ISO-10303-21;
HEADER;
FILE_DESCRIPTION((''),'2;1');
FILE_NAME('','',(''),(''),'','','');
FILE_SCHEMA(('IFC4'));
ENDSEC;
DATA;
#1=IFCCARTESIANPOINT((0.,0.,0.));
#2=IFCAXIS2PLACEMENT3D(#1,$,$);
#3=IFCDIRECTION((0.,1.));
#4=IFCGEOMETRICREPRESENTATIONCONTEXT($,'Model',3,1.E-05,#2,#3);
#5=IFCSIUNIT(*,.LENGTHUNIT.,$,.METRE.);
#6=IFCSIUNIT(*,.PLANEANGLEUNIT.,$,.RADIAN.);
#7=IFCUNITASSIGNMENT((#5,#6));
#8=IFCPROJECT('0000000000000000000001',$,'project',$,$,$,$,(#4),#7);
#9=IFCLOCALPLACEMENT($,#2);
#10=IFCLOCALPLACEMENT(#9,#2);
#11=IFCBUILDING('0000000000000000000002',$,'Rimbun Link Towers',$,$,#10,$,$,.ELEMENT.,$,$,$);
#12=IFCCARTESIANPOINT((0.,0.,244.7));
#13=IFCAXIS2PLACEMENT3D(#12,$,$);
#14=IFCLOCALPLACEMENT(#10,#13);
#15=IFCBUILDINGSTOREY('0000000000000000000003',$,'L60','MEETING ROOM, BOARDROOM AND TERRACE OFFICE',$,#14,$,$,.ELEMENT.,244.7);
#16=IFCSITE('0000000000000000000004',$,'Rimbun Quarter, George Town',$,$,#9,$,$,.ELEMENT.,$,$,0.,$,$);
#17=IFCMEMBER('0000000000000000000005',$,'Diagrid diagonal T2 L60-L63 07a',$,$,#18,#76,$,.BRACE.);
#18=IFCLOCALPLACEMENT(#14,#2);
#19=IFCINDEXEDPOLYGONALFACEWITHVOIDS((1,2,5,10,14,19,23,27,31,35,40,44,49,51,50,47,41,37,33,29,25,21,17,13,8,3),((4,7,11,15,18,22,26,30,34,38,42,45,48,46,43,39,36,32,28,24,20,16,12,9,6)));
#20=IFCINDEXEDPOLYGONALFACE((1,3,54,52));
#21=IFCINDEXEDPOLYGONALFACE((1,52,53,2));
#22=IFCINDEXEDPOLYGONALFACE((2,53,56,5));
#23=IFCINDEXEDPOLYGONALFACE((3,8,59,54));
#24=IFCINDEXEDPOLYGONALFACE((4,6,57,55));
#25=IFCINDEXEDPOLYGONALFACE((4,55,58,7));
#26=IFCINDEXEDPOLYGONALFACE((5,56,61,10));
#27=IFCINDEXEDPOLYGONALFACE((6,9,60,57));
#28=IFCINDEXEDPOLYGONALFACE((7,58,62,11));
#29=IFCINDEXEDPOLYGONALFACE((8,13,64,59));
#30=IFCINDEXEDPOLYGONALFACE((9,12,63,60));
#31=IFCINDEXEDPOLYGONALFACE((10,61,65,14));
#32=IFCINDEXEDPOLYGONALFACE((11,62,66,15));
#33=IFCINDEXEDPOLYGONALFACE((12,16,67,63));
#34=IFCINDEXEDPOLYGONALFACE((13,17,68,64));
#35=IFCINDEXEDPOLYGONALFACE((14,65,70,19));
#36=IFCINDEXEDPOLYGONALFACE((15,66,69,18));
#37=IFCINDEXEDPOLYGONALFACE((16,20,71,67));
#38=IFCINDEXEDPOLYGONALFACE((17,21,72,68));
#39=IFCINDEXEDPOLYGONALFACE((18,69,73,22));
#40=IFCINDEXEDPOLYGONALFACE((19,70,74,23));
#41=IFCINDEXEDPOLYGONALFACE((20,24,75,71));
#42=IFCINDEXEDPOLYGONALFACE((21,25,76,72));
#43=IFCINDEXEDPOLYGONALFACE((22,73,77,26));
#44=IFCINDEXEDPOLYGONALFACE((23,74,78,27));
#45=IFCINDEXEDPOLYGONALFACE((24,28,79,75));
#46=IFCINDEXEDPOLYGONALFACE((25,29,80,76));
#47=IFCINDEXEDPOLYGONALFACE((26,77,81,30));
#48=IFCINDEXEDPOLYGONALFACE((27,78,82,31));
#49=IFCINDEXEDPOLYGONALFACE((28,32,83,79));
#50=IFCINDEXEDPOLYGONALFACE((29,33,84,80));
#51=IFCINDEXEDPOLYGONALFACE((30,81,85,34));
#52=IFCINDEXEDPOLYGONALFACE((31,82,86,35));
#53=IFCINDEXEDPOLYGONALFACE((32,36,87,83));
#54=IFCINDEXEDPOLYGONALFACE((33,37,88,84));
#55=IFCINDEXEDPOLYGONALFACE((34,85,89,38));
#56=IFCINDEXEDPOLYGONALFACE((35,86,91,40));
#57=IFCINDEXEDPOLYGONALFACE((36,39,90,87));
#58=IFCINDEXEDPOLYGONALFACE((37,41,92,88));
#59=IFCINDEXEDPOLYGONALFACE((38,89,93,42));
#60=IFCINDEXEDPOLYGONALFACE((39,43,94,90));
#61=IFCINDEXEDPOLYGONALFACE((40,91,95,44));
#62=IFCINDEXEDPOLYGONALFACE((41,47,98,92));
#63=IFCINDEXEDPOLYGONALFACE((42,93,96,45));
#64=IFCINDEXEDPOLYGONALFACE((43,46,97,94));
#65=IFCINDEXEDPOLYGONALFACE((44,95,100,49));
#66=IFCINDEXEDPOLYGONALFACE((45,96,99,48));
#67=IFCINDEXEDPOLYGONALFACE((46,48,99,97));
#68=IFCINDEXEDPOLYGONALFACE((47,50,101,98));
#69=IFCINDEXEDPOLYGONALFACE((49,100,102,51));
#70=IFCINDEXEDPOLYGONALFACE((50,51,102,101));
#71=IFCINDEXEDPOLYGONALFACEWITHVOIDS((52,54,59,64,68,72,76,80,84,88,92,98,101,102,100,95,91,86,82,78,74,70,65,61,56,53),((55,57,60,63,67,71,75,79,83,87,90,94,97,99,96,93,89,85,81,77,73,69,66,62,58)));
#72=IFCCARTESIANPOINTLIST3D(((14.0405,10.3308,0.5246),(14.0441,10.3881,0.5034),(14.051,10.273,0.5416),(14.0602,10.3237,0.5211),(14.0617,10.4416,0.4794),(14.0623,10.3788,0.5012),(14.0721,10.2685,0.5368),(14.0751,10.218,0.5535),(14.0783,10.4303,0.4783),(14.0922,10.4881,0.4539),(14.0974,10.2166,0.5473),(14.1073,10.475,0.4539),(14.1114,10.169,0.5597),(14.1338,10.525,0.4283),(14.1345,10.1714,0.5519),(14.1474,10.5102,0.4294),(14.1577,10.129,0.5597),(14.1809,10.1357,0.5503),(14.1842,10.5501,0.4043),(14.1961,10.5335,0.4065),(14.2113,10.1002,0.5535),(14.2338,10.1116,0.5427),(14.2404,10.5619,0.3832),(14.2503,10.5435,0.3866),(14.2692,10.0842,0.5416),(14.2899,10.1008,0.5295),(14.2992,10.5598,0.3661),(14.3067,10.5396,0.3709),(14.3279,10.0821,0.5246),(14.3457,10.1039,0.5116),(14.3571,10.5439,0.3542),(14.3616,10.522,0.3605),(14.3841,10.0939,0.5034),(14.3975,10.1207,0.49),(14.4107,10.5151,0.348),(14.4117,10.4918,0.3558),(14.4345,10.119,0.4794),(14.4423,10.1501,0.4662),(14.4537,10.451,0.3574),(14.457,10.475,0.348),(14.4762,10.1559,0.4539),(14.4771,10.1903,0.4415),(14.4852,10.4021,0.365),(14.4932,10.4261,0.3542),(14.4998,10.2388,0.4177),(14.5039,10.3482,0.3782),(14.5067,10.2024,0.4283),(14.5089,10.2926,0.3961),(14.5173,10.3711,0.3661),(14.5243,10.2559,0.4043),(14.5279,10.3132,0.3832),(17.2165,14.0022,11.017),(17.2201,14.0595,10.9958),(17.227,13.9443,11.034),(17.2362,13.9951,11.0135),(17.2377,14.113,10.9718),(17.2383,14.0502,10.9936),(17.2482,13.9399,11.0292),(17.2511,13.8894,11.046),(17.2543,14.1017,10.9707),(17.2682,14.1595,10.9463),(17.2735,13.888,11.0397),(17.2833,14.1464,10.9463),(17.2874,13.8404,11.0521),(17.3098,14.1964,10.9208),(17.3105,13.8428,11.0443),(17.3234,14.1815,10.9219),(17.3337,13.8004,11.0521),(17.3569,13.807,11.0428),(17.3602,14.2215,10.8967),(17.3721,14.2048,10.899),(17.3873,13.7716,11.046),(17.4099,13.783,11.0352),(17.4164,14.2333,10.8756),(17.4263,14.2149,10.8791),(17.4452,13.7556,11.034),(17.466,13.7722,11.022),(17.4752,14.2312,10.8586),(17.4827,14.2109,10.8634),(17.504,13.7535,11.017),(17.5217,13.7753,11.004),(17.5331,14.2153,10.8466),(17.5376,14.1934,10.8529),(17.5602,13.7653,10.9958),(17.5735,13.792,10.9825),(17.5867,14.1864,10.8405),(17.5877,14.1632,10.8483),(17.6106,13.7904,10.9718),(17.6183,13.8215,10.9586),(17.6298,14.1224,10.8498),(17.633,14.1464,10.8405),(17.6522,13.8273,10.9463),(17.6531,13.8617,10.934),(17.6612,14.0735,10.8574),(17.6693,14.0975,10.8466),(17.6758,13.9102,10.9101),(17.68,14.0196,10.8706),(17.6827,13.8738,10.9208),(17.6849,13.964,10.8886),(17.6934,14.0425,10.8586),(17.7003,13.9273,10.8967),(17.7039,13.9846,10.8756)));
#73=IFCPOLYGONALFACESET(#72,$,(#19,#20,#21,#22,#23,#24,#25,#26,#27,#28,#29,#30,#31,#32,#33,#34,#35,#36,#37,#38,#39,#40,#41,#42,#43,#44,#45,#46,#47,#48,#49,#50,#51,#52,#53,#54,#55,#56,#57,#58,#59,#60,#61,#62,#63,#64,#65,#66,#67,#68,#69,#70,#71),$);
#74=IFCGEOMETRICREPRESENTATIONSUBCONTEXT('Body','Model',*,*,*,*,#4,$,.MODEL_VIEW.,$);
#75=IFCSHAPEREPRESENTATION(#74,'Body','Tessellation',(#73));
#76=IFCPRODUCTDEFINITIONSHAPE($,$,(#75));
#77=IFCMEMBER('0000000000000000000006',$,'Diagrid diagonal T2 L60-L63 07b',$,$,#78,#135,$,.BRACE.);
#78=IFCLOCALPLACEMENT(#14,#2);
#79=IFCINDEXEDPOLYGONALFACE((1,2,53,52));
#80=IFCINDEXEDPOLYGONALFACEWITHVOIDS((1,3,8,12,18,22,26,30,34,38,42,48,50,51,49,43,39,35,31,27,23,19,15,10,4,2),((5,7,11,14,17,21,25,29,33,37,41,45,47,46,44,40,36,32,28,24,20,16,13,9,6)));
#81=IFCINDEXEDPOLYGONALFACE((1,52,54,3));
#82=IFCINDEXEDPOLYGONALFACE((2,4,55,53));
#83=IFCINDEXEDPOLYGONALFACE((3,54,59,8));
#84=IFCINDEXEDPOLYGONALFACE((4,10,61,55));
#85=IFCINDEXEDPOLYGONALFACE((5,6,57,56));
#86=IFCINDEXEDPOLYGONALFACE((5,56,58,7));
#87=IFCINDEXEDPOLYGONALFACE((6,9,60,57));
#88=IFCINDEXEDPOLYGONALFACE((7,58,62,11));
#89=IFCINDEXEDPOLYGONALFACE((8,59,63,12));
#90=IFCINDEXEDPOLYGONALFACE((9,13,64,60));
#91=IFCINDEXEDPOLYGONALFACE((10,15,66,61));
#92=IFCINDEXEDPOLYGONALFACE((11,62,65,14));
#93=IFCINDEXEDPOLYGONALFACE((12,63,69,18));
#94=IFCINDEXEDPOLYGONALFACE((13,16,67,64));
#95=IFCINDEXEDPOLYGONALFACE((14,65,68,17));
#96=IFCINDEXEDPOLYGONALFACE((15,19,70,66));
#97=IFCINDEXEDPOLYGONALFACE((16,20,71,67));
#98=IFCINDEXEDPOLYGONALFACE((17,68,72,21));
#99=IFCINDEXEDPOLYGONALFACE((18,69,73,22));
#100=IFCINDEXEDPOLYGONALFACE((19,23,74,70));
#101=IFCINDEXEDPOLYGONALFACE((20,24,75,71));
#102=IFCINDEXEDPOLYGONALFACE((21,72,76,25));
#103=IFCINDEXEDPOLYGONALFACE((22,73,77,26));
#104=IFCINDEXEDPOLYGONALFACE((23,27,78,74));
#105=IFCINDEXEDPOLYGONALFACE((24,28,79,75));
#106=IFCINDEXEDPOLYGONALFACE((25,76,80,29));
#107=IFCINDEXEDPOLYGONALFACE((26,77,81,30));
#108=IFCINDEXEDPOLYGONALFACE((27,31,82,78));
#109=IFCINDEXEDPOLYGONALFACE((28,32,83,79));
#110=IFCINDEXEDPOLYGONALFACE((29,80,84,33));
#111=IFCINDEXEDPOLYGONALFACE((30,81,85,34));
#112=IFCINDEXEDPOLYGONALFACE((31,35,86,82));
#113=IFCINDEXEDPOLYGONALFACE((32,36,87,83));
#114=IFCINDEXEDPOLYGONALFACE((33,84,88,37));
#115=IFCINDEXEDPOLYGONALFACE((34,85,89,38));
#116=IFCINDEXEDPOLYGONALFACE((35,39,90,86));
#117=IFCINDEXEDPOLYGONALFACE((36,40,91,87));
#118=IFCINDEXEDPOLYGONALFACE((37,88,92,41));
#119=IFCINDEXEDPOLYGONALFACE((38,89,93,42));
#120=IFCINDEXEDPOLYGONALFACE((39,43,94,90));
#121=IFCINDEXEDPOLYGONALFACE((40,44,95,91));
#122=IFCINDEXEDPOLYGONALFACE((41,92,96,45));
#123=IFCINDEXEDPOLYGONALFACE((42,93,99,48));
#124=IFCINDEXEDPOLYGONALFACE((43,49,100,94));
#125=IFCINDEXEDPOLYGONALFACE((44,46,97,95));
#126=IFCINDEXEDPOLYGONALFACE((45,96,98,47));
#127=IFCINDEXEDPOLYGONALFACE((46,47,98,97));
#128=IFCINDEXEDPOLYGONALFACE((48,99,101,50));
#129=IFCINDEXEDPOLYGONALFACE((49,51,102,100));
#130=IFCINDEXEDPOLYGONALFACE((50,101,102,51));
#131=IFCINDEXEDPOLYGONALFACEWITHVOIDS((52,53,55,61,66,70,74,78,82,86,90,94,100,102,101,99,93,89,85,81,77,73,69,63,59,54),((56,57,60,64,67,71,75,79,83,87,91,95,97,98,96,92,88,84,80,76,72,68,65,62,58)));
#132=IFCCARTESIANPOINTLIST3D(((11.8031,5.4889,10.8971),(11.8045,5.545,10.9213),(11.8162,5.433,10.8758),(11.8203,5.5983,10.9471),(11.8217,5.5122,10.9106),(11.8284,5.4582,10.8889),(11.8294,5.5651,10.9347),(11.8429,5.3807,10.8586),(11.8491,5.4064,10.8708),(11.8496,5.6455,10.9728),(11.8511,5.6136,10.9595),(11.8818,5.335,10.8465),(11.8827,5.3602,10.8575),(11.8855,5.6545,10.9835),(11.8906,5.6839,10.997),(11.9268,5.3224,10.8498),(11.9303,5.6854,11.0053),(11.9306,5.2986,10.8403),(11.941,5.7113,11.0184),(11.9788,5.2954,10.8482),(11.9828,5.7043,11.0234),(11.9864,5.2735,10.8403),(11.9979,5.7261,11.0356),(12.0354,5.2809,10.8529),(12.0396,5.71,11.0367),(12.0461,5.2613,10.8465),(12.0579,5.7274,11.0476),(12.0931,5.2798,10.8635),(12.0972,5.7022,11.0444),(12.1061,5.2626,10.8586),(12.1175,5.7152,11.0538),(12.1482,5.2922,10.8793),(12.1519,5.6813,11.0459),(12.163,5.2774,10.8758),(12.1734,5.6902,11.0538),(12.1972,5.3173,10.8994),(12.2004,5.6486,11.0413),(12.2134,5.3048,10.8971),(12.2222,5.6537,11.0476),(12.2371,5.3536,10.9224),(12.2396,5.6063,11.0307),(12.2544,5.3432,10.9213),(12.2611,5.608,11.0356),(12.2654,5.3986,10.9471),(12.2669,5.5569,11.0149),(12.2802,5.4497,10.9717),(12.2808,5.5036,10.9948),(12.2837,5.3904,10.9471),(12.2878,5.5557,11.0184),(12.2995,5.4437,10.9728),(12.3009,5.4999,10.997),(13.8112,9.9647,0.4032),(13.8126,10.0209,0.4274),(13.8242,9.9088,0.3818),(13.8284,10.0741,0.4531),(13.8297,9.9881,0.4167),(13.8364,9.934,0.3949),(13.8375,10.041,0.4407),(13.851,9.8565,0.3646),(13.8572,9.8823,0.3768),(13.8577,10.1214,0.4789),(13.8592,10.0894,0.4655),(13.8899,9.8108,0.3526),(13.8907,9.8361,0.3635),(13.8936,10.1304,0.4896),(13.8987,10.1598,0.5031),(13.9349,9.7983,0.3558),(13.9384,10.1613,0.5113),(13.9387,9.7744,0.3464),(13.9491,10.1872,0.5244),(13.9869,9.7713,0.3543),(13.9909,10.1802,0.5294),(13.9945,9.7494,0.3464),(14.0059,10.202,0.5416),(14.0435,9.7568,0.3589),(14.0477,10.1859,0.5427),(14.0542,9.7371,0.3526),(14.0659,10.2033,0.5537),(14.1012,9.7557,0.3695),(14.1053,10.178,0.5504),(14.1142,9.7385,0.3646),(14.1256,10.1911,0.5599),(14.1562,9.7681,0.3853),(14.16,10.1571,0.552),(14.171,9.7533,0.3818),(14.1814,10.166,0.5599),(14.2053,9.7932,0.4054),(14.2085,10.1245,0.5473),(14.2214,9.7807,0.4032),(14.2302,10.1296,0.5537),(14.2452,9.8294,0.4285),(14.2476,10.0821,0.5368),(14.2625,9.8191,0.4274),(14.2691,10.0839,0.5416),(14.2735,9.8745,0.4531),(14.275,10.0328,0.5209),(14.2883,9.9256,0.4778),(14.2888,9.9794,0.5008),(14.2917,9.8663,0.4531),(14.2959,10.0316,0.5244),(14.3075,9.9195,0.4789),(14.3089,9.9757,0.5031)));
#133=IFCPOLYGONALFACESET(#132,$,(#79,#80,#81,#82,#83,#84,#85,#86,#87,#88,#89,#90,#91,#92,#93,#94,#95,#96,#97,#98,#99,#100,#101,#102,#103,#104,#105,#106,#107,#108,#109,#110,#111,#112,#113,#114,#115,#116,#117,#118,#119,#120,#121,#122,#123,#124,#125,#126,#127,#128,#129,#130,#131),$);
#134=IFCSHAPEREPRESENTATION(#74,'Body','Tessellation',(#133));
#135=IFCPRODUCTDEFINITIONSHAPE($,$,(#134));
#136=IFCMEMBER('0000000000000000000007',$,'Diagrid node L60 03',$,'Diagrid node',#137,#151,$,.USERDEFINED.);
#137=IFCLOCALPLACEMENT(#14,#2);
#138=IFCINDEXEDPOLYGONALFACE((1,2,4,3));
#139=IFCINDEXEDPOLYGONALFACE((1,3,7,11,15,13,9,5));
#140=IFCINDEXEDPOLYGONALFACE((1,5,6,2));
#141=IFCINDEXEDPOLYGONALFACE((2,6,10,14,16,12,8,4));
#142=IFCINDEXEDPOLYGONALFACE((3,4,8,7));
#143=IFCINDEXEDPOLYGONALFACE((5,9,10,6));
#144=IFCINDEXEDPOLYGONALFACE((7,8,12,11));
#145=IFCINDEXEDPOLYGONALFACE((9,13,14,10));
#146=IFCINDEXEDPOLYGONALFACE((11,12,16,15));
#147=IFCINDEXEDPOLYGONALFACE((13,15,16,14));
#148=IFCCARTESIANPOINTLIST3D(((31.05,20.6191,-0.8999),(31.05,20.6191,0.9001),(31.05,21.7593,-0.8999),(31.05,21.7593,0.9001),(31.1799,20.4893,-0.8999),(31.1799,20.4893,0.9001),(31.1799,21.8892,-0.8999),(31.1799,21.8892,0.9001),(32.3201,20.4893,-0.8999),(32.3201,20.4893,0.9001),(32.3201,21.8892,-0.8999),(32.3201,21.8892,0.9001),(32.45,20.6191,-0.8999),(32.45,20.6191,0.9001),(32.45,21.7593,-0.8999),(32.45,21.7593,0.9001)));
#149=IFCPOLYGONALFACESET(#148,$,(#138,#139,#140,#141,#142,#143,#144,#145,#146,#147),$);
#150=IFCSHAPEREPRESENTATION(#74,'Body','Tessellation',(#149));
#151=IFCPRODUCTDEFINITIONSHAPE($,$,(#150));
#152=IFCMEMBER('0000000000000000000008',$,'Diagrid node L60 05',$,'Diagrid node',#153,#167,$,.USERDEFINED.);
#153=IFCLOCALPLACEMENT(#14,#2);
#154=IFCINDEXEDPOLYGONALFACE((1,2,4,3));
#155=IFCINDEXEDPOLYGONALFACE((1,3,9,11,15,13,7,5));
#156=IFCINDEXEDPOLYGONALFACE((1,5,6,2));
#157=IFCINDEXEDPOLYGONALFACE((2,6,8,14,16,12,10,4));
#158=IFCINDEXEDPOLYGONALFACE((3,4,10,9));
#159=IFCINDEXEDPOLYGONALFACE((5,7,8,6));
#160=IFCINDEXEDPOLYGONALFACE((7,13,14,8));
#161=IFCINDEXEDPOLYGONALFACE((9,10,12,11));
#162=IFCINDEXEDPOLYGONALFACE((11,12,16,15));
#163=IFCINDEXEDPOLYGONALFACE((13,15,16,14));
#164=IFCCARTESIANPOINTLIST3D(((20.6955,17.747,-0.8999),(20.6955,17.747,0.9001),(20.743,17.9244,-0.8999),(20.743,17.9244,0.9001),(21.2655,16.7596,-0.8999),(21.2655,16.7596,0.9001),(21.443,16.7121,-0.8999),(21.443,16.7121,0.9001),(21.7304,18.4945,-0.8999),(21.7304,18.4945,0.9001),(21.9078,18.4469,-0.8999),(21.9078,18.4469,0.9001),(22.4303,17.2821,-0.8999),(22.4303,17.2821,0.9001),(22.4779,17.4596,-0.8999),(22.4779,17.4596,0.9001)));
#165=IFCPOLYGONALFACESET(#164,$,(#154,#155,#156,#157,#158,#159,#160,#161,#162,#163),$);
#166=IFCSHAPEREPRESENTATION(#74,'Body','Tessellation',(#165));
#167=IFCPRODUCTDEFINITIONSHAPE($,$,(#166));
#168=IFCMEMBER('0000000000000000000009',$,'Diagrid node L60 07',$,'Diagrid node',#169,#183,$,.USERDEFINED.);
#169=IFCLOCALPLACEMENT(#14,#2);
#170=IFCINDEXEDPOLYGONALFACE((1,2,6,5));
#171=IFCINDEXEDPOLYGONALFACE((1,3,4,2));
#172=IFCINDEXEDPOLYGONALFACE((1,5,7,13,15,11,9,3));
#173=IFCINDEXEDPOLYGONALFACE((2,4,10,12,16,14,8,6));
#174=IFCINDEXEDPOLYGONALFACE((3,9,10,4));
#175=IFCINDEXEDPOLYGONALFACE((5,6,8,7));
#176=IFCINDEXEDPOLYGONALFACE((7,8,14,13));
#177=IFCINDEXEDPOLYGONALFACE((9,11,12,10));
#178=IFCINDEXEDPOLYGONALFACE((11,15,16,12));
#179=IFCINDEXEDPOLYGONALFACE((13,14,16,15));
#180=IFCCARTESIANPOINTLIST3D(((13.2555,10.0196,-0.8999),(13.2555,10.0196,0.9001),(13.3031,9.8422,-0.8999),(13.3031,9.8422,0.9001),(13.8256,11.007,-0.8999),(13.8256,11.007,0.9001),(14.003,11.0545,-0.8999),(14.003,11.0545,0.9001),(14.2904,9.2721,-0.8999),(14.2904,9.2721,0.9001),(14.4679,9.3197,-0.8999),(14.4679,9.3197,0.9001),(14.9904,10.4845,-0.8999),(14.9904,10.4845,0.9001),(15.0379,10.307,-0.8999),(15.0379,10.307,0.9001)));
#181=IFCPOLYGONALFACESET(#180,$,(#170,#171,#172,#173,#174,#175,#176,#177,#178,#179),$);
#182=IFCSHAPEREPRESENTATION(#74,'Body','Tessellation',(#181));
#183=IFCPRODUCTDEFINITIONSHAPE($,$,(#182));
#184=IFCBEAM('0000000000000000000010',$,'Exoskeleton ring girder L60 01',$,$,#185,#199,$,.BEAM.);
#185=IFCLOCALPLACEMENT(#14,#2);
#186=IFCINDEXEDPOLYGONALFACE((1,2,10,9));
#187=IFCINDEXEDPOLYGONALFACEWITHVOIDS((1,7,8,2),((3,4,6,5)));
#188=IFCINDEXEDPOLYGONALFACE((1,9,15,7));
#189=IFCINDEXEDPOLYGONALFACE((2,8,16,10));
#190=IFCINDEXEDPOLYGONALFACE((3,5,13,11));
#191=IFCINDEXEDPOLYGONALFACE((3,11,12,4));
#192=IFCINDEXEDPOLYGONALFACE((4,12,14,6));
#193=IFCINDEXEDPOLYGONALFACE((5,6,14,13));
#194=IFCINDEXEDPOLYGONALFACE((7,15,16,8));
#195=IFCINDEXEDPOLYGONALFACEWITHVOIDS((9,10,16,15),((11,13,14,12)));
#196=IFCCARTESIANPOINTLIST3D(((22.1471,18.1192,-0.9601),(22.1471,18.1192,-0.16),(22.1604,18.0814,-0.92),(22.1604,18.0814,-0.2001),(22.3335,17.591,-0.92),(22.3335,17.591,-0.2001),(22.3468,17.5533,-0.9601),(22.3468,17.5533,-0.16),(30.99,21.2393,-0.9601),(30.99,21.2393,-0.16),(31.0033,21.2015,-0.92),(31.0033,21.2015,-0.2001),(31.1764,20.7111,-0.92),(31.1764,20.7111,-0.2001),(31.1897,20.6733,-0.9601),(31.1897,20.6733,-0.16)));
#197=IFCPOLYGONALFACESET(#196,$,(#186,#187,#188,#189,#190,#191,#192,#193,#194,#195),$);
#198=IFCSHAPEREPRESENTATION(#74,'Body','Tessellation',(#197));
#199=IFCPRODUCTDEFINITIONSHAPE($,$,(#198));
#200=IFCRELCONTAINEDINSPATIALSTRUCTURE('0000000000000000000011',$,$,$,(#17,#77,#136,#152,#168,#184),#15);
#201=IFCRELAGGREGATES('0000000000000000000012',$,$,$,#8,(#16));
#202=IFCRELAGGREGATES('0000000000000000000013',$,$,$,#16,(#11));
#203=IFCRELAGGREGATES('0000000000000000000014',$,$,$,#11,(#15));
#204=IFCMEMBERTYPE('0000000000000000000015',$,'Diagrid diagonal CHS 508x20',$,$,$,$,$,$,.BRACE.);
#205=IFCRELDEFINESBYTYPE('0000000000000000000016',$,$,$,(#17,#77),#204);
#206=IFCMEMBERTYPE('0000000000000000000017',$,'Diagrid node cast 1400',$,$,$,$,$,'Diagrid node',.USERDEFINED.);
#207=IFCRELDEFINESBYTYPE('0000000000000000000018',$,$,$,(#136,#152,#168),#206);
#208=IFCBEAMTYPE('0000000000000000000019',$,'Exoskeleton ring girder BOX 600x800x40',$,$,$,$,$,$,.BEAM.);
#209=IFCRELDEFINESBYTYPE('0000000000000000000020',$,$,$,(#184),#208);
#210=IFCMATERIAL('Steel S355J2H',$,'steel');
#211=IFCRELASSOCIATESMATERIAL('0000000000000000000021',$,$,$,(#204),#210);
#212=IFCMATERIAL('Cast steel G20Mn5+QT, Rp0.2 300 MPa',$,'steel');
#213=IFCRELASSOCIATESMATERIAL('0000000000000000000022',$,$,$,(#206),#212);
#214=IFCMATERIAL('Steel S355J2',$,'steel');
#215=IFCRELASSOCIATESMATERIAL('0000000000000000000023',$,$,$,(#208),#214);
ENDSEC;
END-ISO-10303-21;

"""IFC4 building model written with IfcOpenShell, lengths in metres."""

from ifc_helpers import new_model, si_unit, direction, frame, origin, origin_2d, place, context, subcontext, project, spatial, polyline, hollow_rectangle, hollow_circle, outline, extrude, material, material_profile, profile_set, type_object, element, save


model = new_model("IFC4")

# Units and contexts
model_context = context("Model", 3, precision=1e-05, world=origin(), true_north=direction((0.0, 1.0)))
body_context = subcontext(model_context, "Body", "Model", "MODEL_VIEW")
ifc_project = project(units=[si_unit("LENGTHUNIT", "METRE"), si_unit("PLANEANGLEUNIT", "RADIAN")], contexts=[model_context])

# Site, building, storey
site_placement = place(None, origin())
site = spatial("IfcSite", under=ifc_project, at=site_placement, Name="Rimbun Quarter, George Town", CompositionType="ELEMENT", RefElevation=0.0)
building_placement = place(site_placement, origin())
building = spatial("IfcBuilding", under=site, at=building_placement, Name="Rimbun Link Towers", CompositionType="ELEMENT")
storey_placement = place(building_placement, frame((0.0, 0.0, 244.7)))
storey = spatial("IfcBuildingStorey", under=building, at=storey_placement, Name="L60", Description="MEETING ROOM, BOARDROOM AND TERRACE OFFICE", CompositionType="ELEMENT", Elevation=244.7)

# Members
ifc_material_1 = material(Name="Steel S355J2H", Category="steel")
ifc_material_profile_1 = material_profile(ifc_material_1, hollow_circle(Radius=0.2539, WallThickness=0.02, at=origin_2d()), Name="Diagrid diagonal CHS 508x20")
ifc_profile_set_1 = profile_set([ifc_material_profile_1], Name="Steel S355J2H")
member_type_1 = type_object("IfcMemberType", Name="Diagrid diagonal CHS 508x20", PredefinedType="BRACE", material=ifc_profile_set_1)
for number, where, z_axis, x_axis, name in (
    (1, (14.2842, 10.322, 0.4539), (0.274718, 0.317566, 0.907569), (-0.756284, 0.654243, 0.0), "Diagrid diagonal T2 L60-L63 07a"),
):
    element("IfcMember", number, at=place(storey_placement, frame(where, z_axis=z_axis, x_axis=x_axis)), inside=storey, type_object=member_type_1, Name=name, PredefinedType="BRACE", context=body_context, shape_type="SweptSolid", body=[
        extrude(hollow_circle(Radius=0.2539, WallThickness=0.02, at=origin_2d()), origin(), (0.0, 0.0, 1.0), 11.561),
    ])
member_1_placement = place(storey_placement, frame((14.0601, 9.9702, 0.4531), z_axis=(-0.173349, -0.386383, 0.905902), x_axis=(0.912384, -0.409336, 0.0)))
element("IfcMember", 2, at=member_1_placement, inside=storey, type_object=member_type_1, Name="Diagrid diagonal T2 L60-L63 07b", PredefinedType="BRACE", context=body_context, shape_type="SweptSolid", body=[
    extrude(hollow_circle(Radius=0.2539, WallThickness=0.02, at=origin_2d()), origin(), (0.0, 0.0, 1.0), 11.584),
])
ifc_material_2 = material(Name="Cast steel G20Mn5+QT, Rp0.2 300 MPa", Category="steel")
ifc_material_profile_2 = material_profile(ifc_material_2, outline(polyline([(0.7, -0.5701), (0.7, 0.5701), (0.5701, 0.7), (-0.5701, 0.7), (-0.7, 0.5701), (-0.7, -0.5701), (-0.5701, -0.7), (0.5701, -0.7), (0.7, -0.5701)])), Name="NODE 1400x1400")
ifc_profile_set_2 = profile_set([ifc_material_profile_2], Name="Cast steel G20Mn5+QT, Rp0.2 300 MPa")
member_type_2 = type_object("IfcMemberType", Name="Diagrid node cast 1400", ElementType="Diagrid node", PredefinedType="USERDEFINED", material=ifc_profile_set_2)
for number, where, z_axis, x_axis, name in (
    (3, (31.75, 21.1892, -0.8999), (0.0, 0.0, 1.0), (0.0, 1.0, 0.0), "Diagrid node L60 03"),
    (4, (21.5867, 17.6033, -0.8999), (0.0, 0.0, 1.0), (-0.5, 0.866025, 0.0), "Diagrid node L60 05"),
    (5, (14.1467, 10.1633, -0.8999), (0.0, 0.0, 1.0), (-0.866025, 0.5, 0.0), "Diagrid node L60 07"),
):
    element("IfcMember", number, at=place(storey_placement, frame(where, z_axis=z_axis, x_axis=x_axis)), inside=storey, type_object=member_type_2, Name=name, ObjectType="Diagrid node", PredefinedType="USERDEFINED", context=body_context, shape_type="SweptSolid", body=[
        extrude(outline(polyline([(0.7, -0.5701), (0.7, 0.5701), (0.5701, 0.7), (-0.5701, 0.7), (-0.7, 0.5701), (-0.7, -0.5701), (-0.5701, -0.7), (0.5701, -0.7), (0.7, -0.5701)])), origin(), (0.0, 0.0, 1.0), 1.8),
    ])

# Beam
ifc_material_3 = material(Name="Steel S355J2", Category="steel")
ifc_material_profile_3 = material_profile(ifc_material_3, hollow_rectangle(XDim=0.6001, YDim=0.8, WallThickness=0.04, at=origin_2d()), Name="Exoskeleton ring girder BOX 600x800x40")
ifc_profile_set_3 = profile_set([ifc_material_profile_3], Name="Steel S355J2")
beam_type_1 = type_object("IfcBeamType", Name="Exoskeleton ring girder BOX 600x800x40", PredefinedType="BEAM", material=ifc_profile_set_3)
beam_1_placement = place(storey_placement, frame((31.0898, 20.9563, -0.5601), z_axis=(-0.943022, -0.33273, 0.0), x_axis=(0.33273, -0.943022, 0.0)))
element("IfcBeam", 6, at=beam_1_placement, inside=storey, type_object=beam_type_1, Name="Exoskeleton ring girder L60 01", PredefinedType="BEAM", context=body_context, shape_type="SweptSolid", body=[
    extrude(hollow_rectangle(XDim=0.6001, YDim=0.8, WallThickness=0.04, at=origin_2d()), origin(), (0.0, 0.0, 1.0), 9.3772),
])

save(model, "model.ifc")
